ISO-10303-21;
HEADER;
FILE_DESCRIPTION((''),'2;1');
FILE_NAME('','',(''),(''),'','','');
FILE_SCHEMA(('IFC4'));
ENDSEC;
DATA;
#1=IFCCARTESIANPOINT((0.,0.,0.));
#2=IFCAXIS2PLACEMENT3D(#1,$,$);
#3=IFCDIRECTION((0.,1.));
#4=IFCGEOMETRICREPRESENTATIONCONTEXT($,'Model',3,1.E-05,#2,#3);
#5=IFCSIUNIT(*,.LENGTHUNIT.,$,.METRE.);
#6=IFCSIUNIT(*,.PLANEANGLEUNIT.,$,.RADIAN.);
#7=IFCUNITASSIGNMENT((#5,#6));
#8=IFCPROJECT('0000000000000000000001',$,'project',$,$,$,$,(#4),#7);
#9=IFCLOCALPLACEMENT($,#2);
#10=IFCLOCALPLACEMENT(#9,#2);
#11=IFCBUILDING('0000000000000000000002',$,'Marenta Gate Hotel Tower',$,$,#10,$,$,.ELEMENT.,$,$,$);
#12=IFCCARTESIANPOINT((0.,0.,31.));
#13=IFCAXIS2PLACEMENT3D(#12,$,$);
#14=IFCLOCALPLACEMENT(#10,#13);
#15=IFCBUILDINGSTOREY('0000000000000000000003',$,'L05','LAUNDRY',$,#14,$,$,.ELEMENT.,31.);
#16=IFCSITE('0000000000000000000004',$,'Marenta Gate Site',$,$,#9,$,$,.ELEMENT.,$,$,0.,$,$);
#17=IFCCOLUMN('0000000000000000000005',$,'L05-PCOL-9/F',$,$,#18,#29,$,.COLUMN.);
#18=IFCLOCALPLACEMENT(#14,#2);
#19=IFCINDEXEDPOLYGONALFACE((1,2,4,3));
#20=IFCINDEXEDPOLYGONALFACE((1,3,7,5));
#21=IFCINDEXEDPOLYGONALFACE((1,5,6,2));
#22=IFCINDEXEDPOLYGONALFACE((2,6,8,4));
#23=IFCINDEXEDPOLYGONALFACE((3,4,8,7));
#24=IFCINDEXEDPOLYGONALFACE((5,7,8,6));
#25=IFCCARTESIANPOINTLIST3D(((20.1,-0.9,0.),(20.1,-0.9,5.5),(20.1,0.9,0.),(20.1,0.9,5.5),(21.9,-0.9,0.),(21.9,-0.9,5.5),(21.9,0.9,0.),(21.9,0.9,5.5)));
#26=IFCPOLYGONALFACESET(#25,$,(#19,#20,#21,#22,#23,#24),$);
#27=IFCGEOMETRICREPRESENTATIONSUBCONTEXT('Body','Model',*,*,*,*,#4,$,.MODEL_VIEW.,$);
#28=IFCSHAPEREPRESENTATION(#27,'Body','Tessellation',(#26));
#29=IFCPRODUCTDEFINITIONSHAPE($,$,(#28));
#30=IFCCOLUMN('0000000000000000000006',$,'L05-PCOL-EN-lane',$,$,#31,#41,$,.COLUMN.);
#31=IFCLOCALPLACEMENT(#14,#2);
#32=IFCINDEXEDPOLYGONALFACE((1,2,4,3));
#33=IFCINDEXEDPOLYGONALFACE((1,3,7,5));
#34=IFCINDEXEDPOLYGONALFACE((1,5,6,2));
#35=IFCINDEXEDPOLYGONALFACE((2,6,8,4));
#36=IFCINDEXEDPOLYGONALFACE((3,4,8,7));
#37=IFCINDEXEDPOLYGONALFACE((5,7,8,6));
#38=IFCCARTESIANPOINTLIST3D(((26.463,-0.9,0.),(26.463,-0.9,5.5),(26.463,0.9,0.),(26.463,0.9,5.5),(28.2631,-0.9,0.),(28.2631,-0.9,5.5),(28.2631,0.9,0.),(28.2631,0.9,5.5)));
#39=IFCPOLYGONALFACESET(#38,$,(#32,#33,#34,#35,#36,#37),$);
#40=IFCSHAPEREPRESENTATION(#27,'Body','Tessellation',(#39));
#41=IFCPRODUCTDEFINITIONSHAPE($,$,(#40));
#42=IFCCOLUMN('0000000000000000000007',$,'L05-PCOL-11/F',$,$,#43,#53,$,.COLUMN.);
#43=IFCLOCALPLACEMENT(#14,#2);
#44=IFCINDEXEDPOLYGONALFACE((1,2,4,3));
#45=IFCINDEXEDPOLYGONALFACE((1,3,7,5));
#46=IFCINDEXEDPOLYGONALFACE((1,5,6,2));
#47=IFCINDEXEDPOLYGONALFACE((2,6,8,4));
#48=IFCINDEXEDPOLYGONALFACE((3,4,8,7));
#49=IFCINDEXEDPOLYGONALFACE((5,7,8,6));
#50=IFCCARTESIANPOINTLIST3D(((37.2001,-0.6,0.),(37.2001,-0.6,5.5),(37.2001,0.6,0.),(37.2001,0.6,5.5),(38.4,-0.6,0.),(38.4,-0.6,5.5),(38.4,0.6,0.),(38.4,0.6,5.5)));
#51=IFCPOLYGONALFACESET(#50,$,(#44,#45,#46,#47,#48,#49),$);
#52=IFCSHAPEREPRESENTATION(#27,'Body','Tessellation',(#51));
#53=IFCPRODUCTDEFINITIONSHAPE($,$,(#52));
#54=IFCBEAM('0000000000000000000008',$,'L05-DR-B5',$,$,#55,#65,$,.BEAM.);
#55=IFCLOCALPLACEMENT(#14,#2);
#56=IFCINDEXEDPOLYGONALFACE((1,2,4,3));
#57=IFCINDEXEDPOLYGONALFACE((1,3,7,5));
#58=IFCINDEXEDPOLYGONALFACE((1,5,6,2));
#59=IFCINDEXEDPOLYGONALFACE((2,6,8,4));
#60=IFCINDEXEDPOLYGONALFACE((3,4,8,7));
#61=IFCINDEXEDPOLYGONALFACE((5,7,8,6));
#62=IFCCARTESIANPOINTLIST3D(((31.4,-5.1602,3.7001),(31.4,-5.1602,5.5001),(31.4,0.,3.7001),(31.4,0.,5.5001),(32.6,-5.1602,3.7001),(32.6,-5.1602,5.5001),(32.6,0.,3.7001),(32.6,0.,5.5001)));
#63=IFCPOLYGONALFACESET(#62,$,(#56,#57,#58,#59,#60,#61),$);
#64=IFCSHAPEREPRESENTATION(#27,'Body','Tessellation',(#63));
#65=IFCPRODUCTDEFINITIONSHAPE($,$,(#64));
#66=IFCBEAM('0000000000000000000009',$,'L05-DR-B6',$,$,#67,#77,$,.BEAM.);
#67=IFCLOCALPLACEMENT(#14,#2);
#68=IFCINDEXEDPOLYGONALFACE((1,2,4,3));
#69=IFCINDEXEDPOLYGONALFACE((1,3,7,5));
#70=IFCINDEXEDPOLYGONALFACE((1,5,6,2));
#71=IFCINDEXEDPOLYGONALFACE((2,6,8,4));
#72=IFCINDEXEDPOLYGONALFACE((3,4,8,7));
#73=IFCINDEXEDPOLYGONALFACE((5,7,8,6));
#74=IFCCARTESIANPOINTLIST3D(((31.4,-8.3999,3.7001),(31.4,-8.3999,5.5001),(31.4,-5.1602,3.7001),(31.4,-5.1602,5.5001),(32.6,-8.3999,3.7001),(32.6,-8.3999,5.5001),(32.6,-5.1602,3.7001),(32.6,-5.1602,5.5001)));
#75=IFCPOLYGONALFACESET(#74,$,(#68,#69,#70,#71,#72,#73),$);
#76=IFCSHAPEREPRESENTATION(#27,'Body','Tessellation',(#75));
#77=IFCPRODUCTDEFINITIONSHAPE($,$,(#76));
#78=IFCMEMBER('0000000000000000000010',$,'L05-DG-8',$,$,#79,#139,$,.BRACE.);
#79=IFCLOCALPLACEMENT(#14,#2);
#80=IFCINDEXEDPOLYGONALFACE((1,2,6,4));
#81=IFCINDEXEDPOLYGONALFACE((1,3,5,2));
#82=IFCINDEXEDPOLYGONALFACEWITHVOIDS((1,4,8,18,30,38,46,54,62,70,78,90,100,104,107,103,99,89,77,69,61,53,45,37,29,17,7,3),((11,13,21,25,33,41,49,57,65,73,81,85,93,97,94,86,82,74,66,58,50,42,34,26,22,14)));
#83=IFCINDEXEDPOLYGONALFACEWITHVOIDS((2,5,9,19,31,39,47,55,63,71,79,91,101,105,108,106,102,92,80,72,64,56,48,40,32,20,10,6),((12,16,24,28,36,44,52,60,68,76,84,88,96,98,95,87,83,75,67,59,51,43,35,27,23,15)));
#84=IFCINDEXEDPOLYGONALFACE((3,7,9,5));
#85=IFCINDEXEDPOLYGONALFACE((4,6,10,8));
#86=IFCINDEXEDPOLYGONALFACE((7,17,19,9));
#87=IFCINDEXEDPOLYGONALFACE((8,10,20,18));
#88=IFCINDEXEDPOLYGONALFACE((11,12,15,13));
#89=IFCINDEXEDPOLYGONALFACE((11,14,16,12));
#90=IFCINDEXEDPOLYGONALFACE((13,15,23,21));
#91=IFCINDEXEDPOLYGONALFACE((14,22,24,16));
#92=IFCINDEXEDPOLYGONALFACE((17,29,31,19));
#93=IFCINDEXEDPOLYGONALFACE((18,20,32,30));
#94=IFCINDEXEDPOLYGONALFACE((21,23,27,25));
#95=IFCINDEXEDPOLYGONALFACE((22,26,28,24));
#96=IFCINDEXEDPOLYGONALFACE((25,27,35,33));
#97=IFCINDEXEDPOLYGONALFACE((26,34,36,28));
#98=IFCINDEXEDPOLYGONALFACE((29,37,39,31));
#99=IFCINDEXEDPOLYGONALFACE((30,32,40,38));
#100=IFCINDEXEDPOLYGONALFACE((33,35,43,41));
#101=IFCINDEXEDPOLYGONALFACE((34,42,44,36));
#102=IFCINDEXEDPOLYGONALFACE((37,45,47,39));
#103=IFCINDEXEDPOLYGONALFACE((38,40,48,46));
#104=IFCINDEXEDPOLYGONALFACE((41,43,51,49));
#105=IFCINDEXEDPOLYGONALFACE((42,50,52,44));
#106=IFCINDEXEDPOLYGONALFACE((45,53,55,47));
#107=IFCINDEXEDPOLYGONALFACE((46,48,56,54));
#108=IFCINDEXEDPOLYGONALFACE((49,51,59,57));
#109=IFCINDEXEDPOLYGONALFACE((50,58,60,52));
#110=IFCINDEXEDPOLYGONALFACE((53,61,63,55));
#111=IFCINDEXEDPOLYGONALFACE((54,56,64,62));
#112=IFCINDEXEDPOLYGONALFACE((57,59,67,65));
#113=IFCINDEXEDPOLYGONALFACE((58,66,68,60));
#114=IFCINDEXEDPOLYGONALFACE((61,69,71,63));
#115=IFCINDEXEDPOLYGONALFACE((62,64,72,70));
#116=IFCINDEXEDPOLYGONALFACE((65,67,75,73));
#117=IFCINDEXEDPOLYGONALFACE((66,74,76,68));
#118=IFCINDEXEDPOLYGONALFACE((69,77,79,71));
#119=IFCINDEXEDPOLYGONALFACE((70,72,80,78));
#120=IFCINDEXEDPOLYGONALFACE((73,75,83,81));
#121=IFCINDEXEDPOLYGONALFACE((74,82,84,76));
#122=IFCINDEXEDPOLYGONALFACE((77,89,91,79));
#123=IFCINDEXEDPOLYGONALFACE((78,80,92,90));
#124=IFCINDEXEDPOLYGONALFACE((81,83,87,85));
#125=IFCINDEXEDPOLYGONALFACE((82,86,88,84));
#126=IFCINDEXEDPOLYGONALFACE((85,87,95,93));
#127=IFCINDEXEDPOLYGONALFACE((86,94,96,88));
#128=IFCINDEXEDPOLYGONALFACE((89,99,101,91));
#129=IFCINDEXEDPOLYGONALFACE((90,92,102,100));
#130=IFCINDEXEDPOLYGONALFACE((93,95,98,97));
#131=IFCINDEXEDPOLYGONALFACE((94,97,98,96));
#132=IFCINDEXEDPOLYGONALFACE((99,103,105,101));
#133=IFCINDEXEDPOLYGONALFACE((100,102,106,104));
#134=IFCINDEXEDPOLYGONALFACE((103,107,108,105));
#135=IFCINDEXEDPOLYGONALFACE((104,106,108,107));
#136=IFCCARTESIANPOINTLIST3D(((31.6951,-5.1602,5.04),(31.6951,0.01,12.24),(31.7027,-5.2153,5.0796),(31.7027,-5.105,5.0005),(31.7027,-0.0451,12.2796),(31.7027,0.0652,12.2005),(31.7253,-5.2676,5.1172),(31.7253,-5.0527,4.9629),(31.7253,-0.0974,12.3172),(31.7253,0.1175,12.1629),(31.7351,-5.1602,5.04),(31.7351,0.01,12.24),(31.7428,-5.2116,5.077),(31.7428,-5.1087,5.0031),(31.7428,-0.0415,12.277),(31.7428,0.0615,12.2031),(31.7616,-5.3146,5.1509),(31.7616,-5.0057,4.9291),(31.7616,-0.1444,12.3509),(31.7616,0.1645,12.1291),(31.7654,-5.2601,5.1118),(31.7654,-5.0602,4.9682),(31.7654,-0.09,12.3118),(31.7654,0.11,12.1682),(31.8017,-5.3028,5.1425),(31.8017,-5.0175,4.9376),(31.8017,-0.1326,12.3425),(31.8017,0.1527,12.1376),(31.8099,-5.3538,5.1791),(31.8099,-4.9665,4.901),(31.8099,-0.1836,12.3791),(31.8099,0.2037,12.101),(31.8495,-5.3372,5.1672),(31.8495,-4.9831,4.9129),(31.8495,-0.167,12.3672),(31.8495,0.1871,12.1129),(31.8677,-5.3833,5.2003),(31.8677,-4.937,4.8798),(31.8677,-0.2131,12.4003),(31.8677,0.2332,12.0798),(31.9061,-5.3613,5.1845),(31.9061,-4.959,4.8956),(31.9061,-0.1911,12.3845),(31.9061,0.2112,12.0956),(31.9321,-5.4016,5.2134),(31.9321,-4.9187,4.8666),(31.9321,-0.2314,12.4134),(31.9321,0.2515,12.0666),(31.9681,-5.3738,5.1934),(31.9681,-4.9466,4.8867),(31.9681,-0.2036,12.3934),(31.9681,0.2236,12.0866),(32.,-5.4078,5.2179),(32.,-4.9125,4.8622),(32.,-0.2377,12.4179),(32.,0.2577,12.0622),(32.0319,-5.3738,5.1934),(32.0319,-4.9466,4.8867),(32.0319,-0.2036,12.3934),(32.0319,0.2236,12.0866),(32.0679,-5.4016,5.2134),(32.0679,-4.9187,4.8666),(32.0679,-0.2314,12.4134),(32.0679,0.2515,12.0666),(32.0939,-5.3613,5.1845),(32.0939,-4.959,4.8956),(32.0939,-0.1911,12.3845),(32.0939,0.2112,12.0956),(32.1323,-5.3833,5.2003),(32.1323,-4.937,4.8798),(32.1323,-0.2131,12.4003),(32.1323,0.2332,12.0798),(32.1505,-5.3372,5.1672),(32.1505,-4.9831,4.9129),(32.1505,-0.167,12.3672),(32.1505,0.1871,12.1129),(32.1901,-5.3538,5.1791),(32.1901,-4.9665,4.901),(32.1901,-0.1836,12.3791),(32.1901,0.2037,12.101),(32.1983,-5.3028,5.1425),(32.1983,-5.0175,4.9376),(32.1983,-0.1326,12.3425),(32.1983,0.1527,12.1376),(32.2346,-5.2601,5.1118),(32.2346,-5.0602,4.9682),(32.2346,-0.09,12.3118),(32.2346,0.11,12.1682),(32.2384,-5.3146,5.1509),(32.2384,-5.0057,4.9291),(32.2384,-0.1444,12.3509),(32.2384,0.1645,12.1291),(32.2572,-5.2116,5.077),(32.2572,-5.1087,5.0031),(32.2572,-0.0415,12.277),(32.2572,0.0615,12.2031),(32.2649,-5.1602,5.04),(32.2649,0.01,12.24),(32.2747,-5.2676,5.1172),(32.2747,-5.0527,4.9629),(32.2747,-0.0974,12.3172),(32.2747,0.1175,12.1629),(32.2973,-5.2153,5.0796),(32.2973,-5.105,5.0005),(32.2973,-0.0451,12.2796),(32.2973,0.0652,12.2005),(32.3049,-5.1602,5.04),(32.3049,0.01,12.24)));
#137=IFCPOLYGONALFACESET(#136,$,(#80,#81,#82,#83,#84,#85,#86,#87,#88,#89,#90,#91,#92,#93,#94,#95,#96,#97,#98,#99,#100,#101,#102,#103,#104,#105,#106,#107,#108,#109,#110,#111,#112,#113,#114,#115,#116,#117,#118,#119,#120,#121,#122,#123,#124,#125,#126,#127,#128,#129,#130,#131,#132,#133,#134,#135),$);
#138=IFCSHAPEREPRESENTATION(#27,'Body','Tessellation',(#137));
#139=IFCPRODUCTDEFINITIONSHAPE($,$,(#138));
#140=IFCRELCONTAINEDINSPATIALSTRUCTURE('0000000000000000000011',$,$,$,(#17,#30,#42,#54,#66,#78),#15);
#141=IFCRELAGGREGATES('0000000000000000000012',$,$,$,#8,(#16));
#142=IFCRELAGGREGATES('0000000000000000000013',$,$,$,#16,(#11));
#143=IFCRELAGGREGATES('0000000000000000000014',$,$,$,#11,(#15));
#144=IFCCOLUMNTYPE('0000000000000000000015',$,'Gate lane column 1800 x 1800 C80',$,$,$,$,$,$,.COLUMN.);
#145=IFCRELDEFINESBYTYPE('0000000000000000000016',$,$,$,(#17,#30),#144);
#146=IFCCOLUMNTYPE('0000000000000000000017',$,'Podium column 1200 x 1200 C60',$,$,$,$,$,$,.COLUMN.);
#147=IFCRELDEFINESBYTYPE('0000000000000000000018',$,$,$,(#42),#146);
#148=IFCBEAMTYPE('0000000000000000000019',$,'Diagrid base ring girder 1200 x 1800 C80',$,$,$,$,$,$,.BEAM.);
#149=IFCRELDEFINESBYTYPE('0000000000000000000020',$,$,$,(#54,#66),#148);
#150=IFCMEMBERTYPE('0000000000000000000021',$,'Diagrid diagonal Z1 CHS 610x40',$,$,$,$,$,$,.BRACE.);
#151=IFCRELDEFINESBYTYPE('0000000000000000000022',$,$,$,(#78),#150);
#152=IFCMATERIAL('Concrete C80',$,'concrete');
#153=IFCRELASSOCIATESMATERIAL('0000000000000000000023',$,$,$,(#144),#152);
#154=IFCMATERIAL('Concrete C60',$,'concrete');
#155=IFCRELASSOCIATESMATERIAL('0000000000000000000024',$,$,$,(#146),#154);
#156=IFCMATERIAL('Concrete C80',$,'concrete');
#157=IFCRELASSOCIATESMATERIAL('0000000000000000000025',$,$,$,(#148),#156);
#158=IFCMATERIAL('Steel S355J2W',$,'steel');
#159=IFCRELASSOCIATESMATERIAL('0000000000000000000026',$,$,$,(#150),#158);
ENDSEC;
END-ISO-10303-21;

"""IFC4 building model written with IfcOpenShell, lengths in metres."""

from ifc_helpers import new_model, si_unit, direction, frame, origin, origin_2d, place, context, subcontext, project, spatial, rectangle, hollow_circle, extrude, material, material_profile, profile_set, type_object, element, save


model = new_model("IFC4")

# Units and contexts
model_context = context("Model", 3, precision=1e-05, world=origin(), true_north=direction((0.0, 1.0)))
body_context = subcontext(model_context, "Body", "Model", "MODEL_VIEW")
ifc_project = project(units=[si_unit("LENGTHUNIT", "METRE"), si_unit("PLANEANGLEUNIT", "RADIAN")], contexts=[model_context])

# Site, building, storey
site_placement = place(None, origin())
site = spatial("IfcSite", under=ifc_project, at=site_placement, Name="Marenta Gate Site", CompositionType="ELEMENT", RefElevation=0.0)
building_placement = place(site_placement, origin())
building = spatial("IfcBuilding", under=site, at=building_placement, Name="Marenta Gate Hotel Tower", CompositionType="ELEMENT")
storey_placement = place(building_placement, frame((0.0, 0.0, 31.0)))
storey = spatial("IfcBuildingStorey", under=building, at=storey_placement, Name="L05", Description="LAUNDRY", CompositionType="ELEMENT", Elevation=31.0)

# Columns
ifc_material_1 = material(Name="Concrete C80", Category="concrete")
ifc_material_profile_1 = material_profile(ifc_material_1, rectangle(XDim=1.8, YDim=1.8, at=origin_2d()), Name="1800 x 1800")
ifc_profile_set_1 = profile_set([ifc_material_profile_1], Name="Concrete C80")
column_type_1 = type_object("IfcColumnType", Name="Gate lane column 1800 x 1800 C80", PredefinedType="COLUMN", material=ifc_profile_set_1)
for number, where, z_axis, x_axis, name in (
    (1, (21.0, 0.0, 0.0), (0.0, 0.0, 1.0), (1.0, 0.0, 0.0), "L05-PCOL-9/F"),
    (2, (27.363, 0.0, 0.0), (0.0, 0.0, 1.0), (1.0, 0.0, 0.0), "L05-PCOL-EN-lane"),
):
    element("IfcColumn", number, at=place(storey_placement, frame(where, z_axis=z_axis, x_axis=x_axis)), inside=storey, type_object=column_type_1, Name=name, PredefinedType="COLUMN", context=body_context, shape_type="SweptSolid", body=[
        extrude(rectangle(XDim=1.8, YDim=1.8, at=origin_2d()), origin(), (0.0, 0.0, 1.0), 5.5),
    ])
ifc_material_2 = material(Name="Concrete C60", Category="concrete")
ifc_material_profile_2 = material_profile(ifc_material_2, rectangle(XDim=1.2, YDim=1.2, at=origin_2d()), Name="1200 x 1200")
ifc_profile_set_2 = profile_set([ifc_material_profile_2], Name="Concrete C60")
column_type_2 = type_object("IfcColumnType", Name="Podium column 1200 x 1200 C60", PredefinedType="COLUMN", material=ifc_profile_set_2)
column_placement = place(storey_placement, frame((37.8, 0.0, 0.0), z_axis=(0.0, 0.0, 1.0), x_axis=(1.0, 0.0, 0.0)))
element("IfcColumn", 3, at=column_placement, inside=storey, type_object=column_type_2, Name="L05-PCOL-11/F", PredefinedType="COLUMN", context=body_context, shape_type="SweptSolid", body=[
    extrude(rectangle(XDim=1.2, YDim=1.2, at=origin_2d()), origin(), (0.0, 0.0, 1.0), 5.5),
])

# Beams
ifc_material_3 = material(Name="Concrete C80", Category="concrete")
ifc_material_profile_3 = material_profile(ifc_material_3, rectangle(XDim=1.2, YDim=1.8, at=origin_2d()), Name="1200 x 1800")
ifc_profile_set_3 = profile_set([ifc_material_profile_3], Name="Concrete C80")
beam_type_1 = type_object("IfcBeamType", Name="Diagrid base ring girder 1200 x 1800 C80", PredefinedType="BEAM", material=ifc_profile_set_3)
beam_1_placement = place(storey_placement, frame((32.0, 0.0, 4.6001), z_axis=(0.0, -1.0, 0.0), x_axis=(1.0, 0.0, 0.0)))
element("IfcBeam", 4, at=beam_1_placement, inside=storey, type_object=beam_type_1, Name="L05-DR-B5", PredefinedType="BEAM", context=body_context, shape_type="SweptSolid", body=[
    extrude(rectangle(XDim=1.2, YDim=1.8, at=origin_2d()), origin(), (0.0, 0.0, 1.0), 5.1602),
])
beam_2_placement = place(storey_placement, frame((32.0, -5.1602, 4.6001), z_axis=(0.0, -1.0, 0.0), x_axis=(1.0, 0.0, 0.0)))
element("IfcBeam", 5, at=beam_2_placement, inside=storey, type_object=beam_type_1, Name="L05-DR-B6", PredefinedType="BEAM", context=body_context, shape_type="SweptSolid", body=[
    extrude(rectangle(XDim=1.2, YDim=1.8, at=origin_2d()), origin(), (0.0, 0.0, 1.0), 3.2397),
])

# Member
ifc_material_4 = material(Name="Steel S355J2W", Category="steel")
ifc_material_profile_4 = material_profile(ifc_material_4, hollow_circle(Radius=0.3049, WallThickness=0.04, at=origin_2d()), Name="CHS 610x40")
ifc_profile_set_4 = profile_set([ifc_material_profile_4], Name="Steel S355J2W")
member_type = type_object("IfcMemberType", Name="Diagrid diagonal Z1 CHS 610x40", PredefinedType="BRACE", material=ifc_profile_set_4)
member_1_placement = place(storey_placement, frame((32.0, -5.1602, 5.04), z_axis=(0.0, 0.583279, 0.812272), x_axis=(-1.0, 0.0, 0.0)))
element("IfcMember", 6, at=member_1_placement, inside=storey, type_object=member_type, Name="L05-DG-8", PredefinedType="BRACE", context=body_context, shape_type="SweptSolid", body=[
    extrude(hollow_circle(Radius=0.3049, WallThickness=0.04, at=origin_2d()), origin(), (0.0, 0.0, 1.0), 8.864),
])

save(model, "model.ifc")
